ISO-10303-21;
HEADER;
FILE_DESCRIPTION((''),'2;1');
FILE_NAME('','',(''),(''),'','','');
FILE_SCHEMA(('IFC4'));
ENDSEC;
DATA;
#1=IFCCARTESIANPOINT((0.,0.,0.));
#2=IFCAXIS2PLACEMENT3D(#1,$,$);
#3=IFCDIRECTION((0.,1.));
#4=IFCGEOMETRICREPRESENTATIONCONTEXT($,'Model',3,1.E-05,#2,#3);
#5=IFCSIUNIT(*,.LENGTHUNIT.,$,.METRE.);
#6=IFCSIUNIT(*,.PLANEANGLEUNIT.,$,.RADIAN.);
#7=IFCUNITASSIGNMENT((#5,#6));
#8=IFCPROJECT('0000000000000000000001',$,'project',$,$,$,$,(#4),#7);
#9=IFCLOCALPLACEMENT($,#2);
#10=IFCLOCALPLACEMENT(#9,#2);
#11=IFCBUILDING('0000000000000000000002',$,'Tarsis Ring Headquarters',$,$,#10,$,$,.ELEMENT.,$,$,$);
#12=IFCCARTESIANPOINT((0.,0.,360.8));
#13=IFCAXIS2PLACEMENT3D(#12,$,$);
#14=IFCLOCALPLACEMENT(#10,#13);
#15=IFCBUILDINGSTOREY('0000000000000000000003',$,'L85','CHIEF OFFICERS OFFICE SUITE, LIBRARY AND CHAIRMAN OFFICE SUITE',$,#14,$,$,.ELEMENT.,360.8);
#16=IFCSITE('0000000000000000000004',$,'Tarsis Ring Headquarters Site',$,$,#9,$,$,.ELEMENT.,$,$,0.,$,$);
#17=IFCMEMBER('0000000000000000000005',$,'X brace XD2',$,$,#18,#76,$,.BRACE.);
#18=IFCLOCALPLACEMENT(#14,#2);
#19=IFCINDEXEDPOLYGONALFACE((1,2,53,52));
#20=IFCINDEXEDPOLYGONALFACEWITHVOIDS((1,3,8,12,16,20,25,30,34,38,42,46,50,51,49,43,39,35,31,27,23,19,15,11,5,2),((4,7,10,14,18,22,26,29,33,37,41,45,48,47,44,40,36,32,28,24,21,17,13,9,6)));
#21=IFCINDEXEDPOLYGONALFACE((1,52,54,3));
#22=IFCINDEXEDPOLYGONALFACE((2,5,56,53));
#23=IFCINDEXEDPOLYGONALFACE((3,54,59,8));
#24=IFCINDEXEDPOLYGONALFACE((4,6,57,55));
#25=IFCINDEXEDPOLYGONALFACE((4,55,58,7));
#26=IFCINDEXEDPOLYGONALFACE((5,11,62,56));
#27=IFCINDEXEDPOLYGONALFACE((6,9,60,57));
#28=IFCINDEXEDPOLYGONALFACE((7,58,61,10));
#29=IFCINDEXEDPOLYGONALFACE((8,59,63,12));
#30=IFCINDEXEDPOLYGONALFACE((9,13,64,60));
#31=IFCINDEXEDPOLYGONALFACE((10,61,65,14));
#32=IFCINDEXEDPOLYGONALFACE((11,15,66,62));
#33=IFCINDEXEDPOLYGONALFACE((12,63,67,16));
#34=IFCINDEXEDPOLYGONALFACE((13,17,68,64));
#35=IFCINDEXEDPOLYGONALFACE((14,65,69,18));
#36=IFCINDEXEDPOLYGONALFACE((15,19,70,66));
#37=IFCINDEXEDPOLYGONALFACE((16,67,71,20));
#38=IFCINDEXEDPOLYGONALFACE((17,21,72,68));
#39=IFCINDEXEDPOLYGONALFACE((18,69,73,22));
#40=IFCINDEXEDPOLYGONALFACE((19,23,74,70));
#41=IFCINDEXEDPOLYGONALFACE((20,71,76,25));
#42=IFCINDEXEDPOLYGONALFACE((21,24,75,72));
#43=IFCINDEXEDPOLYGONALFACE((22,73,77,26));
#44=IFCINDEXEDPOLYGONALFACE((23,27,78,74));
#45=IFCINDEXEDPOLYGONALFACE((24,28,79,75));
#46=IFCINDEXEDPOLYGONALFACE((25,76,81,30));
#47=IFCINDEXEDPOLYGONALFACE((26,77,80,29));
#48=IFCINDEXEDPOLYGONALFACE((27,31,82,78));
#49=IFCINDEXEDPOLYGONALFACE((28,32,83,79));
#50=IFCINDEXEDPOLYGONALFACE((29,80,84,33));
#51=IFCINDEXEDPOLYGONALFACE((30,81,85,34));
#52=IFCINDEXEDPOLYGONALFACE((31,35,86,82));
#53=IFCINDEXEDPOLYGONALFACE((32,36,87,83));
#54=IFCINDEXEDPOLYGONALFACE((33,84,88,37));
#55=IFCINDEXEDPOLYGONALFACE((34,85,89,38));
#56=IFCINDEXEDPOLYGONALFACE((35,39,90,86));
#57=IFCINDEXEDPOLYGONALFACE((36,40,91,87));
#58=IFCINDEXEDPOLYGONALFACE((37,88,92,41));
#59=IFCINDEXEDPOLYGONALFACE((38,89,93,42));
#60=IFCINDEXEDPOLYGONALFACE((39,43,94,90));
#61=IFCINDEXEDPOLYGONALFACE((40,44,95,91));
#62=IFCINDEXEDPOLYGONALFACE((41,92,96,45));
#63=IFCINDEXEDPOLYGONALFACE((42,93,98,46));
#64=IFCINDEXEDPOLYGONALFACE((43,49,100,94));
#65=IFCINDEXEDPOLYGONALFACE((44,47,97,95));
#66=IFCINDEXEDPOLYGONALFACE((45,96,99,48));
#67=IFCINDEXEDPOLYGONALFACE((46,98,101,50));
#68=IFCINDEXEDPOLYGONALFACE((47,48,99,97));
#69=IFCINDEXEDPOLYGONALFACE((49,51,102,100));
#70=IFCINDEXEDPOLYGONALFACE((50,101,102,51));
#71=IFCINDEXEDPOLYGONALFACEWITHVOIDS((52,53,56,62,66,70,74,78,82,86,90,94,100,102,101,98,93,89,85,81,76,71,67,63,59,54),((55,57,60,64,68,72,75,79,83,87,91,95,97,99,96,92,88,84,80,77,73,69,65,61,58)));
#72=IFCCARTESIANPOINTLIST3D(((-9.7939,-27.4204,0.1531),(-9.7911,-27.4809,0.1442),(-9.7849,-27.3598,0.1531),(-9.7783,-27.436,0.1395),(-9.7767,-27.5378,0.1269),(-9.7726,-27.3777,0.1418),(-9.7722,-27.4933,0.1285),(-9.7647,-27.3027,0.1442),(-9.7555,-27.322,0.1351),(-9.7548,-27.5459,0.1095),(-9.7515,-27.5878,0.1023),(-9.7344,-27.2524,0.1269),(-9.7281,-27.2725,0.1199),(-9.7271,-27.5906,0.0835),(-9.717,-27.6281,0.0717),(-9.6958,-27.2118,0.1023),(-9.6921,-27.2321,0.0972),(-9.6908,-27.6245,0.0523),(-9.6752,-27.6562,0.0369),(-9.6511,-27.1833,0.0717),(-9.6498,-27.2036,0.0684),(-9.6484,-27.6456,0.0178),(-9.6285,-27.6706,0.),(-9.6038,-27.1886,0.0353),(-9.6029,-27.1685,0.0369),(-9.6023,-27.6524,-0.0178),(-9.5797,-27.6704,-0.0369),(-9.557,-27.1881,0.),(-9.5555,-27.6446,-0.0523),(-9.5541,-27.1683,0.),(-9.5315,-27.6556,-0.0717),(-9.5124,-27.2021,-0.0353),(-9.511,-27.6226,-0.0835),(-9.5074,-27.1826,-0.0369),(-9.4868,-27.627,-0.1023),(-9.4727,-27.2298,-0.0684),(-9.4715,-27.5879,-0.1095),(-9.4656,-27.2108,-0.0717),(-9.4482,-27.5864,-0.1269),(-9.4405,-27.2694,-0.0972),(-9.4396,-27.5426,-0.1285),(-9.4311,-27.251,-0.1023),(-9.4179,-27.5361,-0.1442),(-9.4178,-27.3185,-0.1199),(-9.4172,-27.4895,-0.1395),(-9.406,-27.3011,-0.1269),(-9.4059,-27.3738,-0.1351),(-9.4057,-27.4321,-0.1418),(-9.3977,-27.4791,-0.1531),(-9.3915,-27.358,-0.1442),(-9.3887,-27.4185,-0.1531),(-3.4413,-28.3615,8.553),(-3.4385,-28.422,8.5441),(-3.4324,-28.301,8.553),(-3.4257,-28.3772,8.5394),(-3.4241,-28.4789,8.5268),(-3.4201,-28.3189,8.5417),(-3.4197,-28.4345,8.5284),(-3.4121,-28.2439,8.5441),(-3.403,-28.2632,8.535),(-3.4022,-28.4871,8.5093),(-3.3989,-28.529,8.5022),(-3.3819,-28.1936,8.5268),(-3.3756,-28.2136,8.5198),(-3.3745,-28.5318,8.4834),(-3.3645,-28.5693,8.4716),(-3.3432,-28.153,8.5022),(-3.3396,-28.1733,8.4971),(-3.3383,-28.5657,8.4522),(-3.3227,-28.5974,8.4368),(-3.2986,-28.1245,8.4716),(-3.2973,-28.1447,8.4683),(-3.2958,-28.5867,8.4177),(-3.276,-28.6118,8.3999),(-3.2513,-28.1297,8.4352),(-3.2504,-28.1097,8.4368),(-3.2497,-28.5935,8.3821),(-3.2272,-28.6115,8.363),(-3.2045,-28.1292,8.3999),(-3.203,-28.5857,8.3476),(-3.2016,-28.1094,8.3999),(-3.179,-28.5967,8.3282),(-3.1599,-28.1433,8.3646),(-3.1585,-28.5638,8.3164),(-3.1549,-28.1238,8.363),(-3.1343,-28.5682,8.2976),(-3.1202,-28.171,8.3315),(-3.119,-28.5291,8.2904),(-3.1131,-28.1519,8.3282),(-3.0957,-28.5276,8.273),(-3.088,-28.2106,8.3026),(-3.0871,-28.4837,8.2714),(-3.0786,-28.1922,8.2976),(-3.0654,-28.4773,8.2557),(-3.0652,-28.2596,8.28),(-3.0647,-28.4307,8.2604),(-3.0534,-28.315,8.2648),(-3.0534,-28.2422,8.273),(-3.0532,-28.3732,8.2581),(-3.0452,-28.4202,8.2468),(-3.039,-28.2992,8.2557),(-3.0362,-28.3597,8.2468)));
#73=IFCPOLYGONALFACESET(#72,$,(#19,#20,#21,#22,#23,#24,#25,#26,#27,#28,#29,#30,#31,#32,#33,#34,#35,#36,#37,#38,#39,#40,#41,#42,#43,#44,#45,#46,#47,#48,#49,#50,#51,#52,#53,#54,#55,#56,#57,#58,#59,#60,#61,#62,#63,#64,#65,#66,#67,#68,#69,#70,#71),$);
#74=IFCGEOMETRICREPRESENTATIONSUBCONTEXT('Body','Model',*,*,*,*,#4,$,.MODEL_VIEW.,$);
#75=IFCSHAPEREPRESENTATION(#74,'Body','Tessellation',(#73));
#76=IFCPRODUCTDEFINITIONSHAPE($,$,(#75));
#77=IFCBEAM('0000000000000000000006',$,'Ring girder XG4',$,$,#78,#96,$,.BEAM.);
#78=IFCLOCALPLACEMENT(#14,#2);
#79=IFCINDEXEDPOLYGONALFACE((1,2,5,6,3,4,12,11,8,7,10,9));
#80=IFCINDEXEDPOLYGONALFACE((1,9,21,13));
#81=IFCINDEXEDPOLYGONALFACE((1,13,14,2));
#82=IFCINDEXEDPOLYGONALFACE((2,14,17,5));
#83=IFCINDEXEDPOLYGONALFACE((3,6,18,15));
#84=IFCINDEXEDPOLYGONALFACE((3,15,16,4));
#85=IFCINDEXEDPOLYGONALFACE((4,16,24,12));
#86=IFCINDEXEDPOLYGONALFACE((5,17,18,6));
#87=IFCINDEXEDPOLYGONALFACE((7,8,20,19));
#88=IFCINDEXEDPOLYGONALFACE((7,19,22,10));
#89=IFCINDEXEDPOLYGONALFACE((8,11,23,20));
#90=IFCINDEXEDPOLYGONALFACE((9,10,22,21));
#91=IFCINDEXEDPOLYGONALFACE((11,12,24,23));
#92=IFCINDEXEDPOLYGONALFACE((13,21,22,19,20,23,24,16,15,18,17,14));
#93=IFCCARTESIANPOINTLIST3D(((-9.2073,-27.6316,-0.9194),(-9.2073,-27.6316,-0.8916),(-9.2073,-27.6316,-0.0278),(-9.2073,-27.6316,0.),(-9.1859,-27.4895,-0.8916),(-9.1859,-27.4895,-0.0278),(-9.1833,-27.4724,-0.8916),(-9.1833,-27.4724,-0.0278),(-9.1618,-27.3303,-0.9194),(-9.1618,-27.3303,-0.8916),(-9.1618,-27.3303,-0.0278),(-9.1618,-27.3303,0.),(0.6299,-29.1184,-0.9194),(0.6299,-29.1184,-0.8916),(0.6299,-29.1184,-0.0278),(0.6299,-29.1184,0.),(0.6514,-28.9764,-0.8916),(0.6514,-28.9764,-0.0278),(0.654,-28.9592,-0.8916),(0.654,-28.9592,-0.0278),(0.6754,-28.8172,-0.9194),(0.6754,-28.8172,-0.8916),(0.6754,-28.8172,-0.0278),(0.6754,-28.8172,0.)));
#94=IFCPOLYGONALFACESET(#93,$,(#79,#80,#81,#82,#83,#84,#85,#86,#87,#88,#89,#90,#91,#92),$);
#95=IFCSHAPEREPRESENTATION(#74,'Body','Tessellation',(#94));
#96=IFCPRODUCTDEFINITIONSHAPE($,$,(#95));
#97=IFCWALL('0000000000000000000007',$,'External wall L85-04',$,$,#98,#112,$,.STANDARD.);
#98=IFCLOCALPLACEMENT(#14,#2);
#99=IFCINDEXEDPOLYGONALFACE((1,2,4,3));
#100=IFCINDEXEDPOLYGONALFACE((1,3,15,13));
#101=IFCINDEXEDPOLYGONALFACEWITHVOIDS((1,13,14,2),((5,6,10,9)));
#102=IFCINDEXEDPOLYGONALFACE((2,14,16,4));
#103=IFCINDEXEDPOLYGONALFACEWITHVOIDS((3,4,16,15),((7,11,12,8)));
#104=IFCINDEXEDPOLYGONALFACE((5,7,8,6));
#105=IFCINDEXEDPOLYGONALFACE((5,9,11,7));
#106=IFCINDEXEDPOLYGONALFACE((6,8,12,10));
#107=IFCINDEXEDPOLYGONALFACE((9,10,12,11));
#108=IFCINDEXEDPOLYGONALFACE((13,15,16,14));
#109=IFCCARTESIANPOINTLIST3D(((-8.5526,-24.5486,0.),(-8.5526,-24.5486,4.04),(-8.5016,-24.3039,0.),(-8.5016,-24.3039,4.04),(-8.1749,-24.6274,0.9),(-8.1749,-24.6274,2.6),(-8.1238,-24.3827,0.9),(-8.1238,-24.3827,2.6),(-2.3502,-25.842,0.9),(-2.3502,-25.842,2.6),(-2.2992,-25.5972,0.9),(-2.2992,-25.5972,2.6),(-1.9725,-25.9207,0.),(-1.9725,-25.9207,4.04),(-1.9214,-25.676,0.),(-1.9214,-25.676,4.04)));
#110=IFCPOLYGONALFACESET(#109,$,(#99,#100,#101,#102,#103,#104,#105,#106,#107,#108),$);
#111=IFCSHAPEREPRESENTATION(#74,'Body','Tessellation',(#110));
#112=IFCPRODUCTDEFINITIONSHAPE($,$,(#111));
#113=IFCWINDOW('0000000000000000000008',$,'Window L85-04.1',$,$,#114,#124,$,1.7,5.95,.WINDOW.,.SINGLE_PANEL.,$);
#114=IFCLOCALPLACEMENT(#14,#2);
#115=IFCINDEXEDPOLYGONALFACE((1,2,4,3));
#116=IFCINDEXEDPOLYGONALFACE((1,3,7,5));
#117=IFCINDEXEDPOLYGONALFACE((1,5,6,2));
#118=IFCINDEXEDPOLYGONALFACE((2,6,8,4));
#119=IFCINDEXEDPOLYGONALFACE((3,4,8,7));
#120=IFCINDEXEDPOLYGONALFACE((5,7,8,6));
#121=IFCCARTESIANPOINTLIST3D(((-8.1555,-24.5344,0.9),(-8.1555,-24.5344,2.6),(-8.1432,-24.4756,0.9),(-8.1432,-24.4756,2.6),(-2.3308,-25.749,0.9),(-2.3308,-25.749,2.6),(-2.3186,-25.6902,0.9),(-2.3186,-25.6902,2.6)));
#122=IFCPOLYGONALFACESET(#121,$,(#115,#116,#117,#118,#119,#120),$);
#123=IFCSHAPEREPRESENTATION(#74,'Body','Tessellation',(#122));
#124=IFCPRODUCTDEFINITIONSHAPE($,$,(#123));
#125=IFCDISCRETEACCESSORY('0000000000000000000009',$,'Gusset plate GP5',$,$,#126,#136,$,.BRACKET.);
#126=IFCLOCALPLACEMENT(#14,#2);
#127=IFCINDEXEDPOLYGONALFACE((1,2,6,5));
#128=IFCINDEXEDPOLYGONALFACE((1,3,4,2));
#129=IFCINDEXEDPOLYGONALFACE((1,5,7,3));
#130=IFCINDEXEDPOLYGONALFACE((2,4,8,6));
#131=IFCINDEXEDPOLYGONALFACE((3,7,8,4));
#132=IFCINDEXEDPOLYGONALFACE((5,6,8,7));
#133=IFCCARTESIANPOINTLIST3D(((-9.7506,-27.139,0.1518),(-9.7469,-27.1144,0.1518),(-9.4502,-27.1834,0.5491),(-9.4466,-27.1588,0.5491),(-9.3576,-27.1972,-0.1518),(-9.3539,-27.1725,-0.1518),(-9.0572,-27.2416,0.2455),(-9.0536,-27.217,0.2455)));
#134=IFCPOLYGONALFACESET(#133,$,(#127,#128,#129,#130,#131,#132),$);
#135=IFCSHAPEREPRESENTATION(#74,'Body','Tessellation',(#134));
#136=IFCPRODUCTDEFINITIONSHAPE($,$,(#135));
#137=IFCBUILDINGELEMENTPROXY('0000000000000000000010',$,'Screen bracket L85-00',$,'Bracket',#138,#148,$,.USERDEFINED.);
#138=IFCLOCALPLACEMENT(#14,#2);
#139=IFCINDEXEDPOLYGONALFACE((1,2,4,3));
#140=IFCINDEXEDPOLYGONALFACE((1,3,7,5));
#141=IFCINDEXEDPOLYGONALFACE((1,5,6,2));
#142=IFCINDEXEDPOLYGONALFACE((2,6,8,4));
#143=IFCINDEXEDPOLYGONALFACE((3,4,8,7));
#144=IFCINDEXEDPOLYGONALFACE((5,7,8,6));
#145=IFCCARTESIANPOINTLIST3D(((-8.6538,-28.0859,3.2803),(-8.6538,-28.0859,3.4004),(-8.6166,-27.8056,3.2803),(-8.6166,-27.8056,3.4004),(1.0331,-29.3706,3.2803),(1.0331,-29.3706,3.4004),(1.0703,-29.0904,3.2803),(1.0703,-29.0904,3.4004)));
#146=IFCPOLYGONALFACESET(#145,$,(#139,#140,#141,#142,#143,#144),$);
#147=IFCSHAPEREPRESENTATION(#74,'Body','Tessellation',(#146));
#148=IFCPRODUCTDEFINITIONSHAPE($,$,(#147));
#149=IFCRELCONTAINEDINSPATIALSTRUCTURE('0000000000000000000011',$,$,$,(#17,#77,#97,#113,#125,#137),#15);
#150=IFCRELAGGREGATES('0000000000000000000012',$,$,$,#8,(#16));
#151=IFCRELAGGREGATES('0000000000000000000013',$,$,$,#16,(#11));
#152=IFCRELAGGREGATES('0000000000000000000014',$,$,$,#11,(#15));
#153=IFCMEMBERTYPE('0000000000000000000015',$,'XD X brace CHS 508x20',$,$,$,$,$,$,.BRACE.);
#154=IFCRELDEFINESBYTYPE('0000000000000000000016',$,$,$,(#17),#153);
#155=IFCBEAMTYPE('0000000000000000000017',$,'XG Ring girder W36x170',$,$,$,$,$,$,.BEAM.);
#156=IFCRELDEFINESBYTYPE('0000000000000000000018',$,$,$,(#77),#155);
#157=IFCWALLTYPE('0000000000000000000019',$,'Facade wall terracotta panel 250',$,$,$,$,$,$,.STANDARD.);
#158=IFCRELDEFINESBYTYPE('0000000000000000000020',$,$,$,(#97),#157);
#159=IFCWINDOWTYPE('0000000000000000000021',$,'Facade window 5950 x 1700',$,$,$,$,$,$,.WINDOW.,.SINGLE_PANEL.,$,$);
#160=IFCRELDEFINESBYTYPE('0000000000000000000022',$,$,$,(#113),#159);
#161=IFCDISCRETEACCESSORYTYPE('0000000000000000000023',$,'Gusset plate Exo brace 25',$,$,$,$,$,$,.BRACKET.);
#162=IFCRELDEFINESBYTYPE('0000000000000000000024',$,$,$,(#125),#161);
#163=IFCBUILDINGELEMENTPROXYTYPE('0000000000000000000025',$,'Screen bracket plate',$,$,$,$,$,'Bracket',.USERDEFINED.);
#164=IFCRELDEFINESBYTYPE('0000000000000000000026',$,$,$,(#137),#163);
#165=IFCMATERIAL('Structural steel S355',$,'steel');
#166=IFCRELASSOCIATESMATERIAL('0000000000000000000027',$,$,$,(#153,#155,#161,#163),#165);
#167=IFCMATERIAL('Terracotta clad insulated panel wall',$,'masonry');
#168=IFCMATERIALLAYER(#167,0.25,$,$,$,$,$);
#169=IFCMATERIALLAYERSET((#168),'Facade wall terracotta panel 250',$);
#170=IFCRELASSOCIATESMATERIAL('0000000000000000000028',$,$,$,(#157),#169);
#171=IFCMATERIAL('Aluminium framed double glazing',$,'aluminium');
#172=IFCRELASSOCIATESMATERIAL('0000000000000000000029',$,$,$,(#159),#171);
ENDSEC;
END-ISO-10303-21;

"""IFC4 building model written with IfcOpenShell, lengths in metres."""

from ifc_helpers import new_model, si_unit, direction, frame, frame_2d, origin, origin_2d, place, context, subcontext, project, spatial, rectangle, hollow_circle, i_section, extrude, material, layer, layer_set, material_profile, profile_set, type_object, element, fill, save


model = new_model("IFC4")

# Units and contexts
model_context = context("Model", 3, precision=1e-05, world=origin(), true_north=direction((0.0, 1.0)))
body_context = subcontext(model_context, "Body", "Model", "MODEL_VIEW")
ifc_project = project(units=[si_unit("LENGTHUNIT", "METRE"), si_unit("PLANEANGLEUNIT", "RADIAN")], contexts=[model_context])

# Site, building, storey
site_placement = place(None, origin())
site = spatial("IfcSite", under=ifc_project, at=site_placement, Name="Tarsis Ring Headquarters Site", CompositionType="ELEMENT", RefElevation=0.0)
building_placement = place(site_placement, origin())
building = spatial("IfcBuilding", under=site, at=building_placement, Name="Tarsis Ring Headquarters", CompositionType="ELEMENT")
storey_placement = place(building_placement, frame((0.0, 0.0, 360.8)))
storey = spatial("IfcBuildingStorey", under=building, at=storey_placement, Name="L85", Description="CHIEF OFFICERS OFFICE SUITE, LIBRARY AND CHAIRMAN OFFICE SUITE", CompositionType="ELEMENT", Elevation=360.8)

# Shared definitions
ifc_material_1 = material(Name="Structural steel S355", Category="steel")

# Member
ifc_material_profile_1 = material_profile(ifc_material_1, hollow_circle(Radius=0.2539, WallThickness=0.02, at=origin_2d()), Name="CHS 508x20")
ifc_profile_set_1 = profile_set([ifc_material_profile_1], Name="Structural steel S355")
member_type = type_object("IfcMemberType", Name="XD X brace CHS 508x20", PredefinedType="BRACE", material=ifc_profile_set_1)
member_placement = place(storey_placement, frame((-9.5913, -27.4194, 0.0), z_axis=(0.600798, -0.089011, 0.79443), x_axis=(0.146556, 0.989202, 0.0)))
element("IfcMember", 1, at=member_placement, inside=storey, type_object=member_type, Name="X brace XD2", PredefinedType="BRACE", context=body_context, shape_type="SweptSolid", body=[
    extrude(hollow_circle(Radius=0.2539, WallThickness=0.02, at=origin_2d()), origin(), (0.0, 0.0, 1.0), 10.5735),
])

# Beam
ifc_material_profile_2 = material_profile(ifc_material_1, i_section(OverallWidth=0.3047, OverallDepth=0.9194, WebThickness=0.0173, FlangeThickness=0.0278, at=origin_2d()), Name="W36x170")
ifc_profile_set_2 = profile_set([ifc_material_profile_2], Name="Structural steel S355")
beam_type_1 = type_object("IfcBeamType", Name="XG Ring girder W36x170", PredefinedType="BEAM", material=ifc_profile_set_2)
beam_1_placement = place(storey_placement, frame((-9.1846, -27.481, -0.4597), z_axis=(0.98877, -0.149446, 0.0), x_axis=(0.149446, 0.98877, 0.0)))
element("IfcBeam", 2, at=beam_1_placement, inside=storey, type_object=beam_type_1, Name="Ring girder XG4", PredefinedType="BEAM", context=body_context, shape_type="SweptSolid", body=[
    extrude(i_section(OverallWidth=0.3047, OverallDepth=0.9194, WebThickness=0.0173, FlangeThickness=0.0278, at=origin_2d()), origin(), (0.0, 0.0, 1.0), 9.949),
])

# Wall, opening, window
ifc_material_2 = material(Name="Terracotta clad insulated panel wall", Category="masonry")
ifc_layer = layer(ifc_material_2, 0.25)
ifc_layer_set = layer_set([ifc_layer], Name="Facade wall terracotta panel 250")
wall_type = type_object("IfcWallType", Name="Facade wall terracotta panel 250", PredefinedType="STANDARD", material=ifc_layer_set)
wall_placement = place(storey_placement, frame((-8.5271, -24.4263, 0.0), z_axis=(0.0, 0.0, 1.0), x_axis=(0.978944, -0.204128, 0.0)))
wall = element("IfcWall", 3, at=wall_placement, inside=storey, type_object=wall_type, Name="External wall L85-04", PredefinedType="STANDARD", context=body_context, shape_type="SweptSolid", body=[
    extrude(rectangle(XDim=6.7217, YDim=0.25, at=frame_2d((3.3608, 0.0))), origin(), (0.0, 0.0, 1.0), 4.04),
])
opening_placement = place(wall_placement, frame((0.3857, 0.0, 0.8999)))
opening = element("IfcOpeningElement", 4, at=opening_placement, cuts=wall, PredefinedType="OPENING", context=body_context, shape_type="SweptSolid", body=[
    extrude(rectangle(XDim=5.95, YDim=1.7, at=frame_2d((2.9751, 0.8501))), frame((0.0, 0.135, 0.0), z_axis=(0.0, -1.0, 0.0), x_axis=(1.0, 0.0, 0.0)), (0.0, 0.0, 1.0), 0.27),
])
ifc_material_3 = material(Name="Aluminium framed double glazing", Category="aluminium")
window_type = type_object("IfcWindowType", Name="Facade window 5950 x 1700", PartitioningType="SINGLE_PANEL", PredefinedType="WINDOW", material=ifc_material_3)
window_placement = place(opening_placement, origin())
window = element("IfcWindow", 5, at=window_placement, inside=storey, type_object=window_type, Name="Window L85-04.1", OverallHeight=1.7, OverallWidth=5.95, PartitioningType="SINGLE_PANEL", PredefinedType="WINDOW", context=body_context, shape_type="SweptSolid", body=[
    extrude(rectangle(XDim=5.95, YDim=1.7, at=frame_2d((2.9751, 0.8501))), frame((0.0, 0.03, 0.0), z_axis=(0.0, -1.0, 0.0), x_axis=(1.0, 0.0, 0.0)), (0.0, 0.0, 1.0), 0.0601),
])
fill(opening, window)

# Discrete accessory
ifc_material_profile_3 = material_profile(ifc_material_1, rectangle(XDim=0.0249, YDim=0.5, at=origin_2d()), Name="PL 25x500")
ifc_profile_set_3 = profile_set([ifc_material_profile_3], Name="Structural steel S355")
discrete_accessory_type = type_object("IfcDiscreteAccessoryType", Name="Gusset plate Exo brace 25", PredefinedType="BRACKET", material=ifc_profile_set_3)
discrete_accessory_placement = place(storey_placement, frame((-9.5522, -27.1558, 0.0), z_axis=(0.600668, -0.088879, 0.794543), x_axis=(0.146374, 0.989229, 0.0)))
element("IfcDiscreteAccessory", 6, at=discrete_accessory_placement, inside=storey, type_object=discrete_accessory_type, Name="Gusset plate GP5", PredefinedType="BRACKET", context=body_context, shape_type="SweptSolid", body=[
    extrude(rectangle(XDim=0.0249, YDim=0.5, at=origin_2d()), origin(), (0.0, 0.0, 1.0), 0.5),
])

# Building element proxy
building_element_proxy_type = type_object("IfcBuildingElementProxyType", Name="Screen bracket plate", ElementType="Bracket", PredefinedType="USERDEFINED", material=ifc_material_1)
proxy_placement = place(storey_placement, frame((-3.7917, -28.5881, 3.2803), z_axis=(0.0, 0.0, 1.0), x_axis=(0.991319, -0.131478, 0.0)))
element("IfcBuildingElementProxy", 7, at=proxy_placement, inside=storey, type_object=building_element_proxy_type, Name="Screen bracket L85-00", ObjectType="Bracket", PredefinedType="USERDEFINED", context=body_context, shape_type="SweptSolid", body=[
    extrude(rectangle(XDim=9.7717, YDim=0.2827, at=origin_2d()), origin(), (0.0, 0.0, 1.0), 0.1201),
])

save(model, "model.ifc")
